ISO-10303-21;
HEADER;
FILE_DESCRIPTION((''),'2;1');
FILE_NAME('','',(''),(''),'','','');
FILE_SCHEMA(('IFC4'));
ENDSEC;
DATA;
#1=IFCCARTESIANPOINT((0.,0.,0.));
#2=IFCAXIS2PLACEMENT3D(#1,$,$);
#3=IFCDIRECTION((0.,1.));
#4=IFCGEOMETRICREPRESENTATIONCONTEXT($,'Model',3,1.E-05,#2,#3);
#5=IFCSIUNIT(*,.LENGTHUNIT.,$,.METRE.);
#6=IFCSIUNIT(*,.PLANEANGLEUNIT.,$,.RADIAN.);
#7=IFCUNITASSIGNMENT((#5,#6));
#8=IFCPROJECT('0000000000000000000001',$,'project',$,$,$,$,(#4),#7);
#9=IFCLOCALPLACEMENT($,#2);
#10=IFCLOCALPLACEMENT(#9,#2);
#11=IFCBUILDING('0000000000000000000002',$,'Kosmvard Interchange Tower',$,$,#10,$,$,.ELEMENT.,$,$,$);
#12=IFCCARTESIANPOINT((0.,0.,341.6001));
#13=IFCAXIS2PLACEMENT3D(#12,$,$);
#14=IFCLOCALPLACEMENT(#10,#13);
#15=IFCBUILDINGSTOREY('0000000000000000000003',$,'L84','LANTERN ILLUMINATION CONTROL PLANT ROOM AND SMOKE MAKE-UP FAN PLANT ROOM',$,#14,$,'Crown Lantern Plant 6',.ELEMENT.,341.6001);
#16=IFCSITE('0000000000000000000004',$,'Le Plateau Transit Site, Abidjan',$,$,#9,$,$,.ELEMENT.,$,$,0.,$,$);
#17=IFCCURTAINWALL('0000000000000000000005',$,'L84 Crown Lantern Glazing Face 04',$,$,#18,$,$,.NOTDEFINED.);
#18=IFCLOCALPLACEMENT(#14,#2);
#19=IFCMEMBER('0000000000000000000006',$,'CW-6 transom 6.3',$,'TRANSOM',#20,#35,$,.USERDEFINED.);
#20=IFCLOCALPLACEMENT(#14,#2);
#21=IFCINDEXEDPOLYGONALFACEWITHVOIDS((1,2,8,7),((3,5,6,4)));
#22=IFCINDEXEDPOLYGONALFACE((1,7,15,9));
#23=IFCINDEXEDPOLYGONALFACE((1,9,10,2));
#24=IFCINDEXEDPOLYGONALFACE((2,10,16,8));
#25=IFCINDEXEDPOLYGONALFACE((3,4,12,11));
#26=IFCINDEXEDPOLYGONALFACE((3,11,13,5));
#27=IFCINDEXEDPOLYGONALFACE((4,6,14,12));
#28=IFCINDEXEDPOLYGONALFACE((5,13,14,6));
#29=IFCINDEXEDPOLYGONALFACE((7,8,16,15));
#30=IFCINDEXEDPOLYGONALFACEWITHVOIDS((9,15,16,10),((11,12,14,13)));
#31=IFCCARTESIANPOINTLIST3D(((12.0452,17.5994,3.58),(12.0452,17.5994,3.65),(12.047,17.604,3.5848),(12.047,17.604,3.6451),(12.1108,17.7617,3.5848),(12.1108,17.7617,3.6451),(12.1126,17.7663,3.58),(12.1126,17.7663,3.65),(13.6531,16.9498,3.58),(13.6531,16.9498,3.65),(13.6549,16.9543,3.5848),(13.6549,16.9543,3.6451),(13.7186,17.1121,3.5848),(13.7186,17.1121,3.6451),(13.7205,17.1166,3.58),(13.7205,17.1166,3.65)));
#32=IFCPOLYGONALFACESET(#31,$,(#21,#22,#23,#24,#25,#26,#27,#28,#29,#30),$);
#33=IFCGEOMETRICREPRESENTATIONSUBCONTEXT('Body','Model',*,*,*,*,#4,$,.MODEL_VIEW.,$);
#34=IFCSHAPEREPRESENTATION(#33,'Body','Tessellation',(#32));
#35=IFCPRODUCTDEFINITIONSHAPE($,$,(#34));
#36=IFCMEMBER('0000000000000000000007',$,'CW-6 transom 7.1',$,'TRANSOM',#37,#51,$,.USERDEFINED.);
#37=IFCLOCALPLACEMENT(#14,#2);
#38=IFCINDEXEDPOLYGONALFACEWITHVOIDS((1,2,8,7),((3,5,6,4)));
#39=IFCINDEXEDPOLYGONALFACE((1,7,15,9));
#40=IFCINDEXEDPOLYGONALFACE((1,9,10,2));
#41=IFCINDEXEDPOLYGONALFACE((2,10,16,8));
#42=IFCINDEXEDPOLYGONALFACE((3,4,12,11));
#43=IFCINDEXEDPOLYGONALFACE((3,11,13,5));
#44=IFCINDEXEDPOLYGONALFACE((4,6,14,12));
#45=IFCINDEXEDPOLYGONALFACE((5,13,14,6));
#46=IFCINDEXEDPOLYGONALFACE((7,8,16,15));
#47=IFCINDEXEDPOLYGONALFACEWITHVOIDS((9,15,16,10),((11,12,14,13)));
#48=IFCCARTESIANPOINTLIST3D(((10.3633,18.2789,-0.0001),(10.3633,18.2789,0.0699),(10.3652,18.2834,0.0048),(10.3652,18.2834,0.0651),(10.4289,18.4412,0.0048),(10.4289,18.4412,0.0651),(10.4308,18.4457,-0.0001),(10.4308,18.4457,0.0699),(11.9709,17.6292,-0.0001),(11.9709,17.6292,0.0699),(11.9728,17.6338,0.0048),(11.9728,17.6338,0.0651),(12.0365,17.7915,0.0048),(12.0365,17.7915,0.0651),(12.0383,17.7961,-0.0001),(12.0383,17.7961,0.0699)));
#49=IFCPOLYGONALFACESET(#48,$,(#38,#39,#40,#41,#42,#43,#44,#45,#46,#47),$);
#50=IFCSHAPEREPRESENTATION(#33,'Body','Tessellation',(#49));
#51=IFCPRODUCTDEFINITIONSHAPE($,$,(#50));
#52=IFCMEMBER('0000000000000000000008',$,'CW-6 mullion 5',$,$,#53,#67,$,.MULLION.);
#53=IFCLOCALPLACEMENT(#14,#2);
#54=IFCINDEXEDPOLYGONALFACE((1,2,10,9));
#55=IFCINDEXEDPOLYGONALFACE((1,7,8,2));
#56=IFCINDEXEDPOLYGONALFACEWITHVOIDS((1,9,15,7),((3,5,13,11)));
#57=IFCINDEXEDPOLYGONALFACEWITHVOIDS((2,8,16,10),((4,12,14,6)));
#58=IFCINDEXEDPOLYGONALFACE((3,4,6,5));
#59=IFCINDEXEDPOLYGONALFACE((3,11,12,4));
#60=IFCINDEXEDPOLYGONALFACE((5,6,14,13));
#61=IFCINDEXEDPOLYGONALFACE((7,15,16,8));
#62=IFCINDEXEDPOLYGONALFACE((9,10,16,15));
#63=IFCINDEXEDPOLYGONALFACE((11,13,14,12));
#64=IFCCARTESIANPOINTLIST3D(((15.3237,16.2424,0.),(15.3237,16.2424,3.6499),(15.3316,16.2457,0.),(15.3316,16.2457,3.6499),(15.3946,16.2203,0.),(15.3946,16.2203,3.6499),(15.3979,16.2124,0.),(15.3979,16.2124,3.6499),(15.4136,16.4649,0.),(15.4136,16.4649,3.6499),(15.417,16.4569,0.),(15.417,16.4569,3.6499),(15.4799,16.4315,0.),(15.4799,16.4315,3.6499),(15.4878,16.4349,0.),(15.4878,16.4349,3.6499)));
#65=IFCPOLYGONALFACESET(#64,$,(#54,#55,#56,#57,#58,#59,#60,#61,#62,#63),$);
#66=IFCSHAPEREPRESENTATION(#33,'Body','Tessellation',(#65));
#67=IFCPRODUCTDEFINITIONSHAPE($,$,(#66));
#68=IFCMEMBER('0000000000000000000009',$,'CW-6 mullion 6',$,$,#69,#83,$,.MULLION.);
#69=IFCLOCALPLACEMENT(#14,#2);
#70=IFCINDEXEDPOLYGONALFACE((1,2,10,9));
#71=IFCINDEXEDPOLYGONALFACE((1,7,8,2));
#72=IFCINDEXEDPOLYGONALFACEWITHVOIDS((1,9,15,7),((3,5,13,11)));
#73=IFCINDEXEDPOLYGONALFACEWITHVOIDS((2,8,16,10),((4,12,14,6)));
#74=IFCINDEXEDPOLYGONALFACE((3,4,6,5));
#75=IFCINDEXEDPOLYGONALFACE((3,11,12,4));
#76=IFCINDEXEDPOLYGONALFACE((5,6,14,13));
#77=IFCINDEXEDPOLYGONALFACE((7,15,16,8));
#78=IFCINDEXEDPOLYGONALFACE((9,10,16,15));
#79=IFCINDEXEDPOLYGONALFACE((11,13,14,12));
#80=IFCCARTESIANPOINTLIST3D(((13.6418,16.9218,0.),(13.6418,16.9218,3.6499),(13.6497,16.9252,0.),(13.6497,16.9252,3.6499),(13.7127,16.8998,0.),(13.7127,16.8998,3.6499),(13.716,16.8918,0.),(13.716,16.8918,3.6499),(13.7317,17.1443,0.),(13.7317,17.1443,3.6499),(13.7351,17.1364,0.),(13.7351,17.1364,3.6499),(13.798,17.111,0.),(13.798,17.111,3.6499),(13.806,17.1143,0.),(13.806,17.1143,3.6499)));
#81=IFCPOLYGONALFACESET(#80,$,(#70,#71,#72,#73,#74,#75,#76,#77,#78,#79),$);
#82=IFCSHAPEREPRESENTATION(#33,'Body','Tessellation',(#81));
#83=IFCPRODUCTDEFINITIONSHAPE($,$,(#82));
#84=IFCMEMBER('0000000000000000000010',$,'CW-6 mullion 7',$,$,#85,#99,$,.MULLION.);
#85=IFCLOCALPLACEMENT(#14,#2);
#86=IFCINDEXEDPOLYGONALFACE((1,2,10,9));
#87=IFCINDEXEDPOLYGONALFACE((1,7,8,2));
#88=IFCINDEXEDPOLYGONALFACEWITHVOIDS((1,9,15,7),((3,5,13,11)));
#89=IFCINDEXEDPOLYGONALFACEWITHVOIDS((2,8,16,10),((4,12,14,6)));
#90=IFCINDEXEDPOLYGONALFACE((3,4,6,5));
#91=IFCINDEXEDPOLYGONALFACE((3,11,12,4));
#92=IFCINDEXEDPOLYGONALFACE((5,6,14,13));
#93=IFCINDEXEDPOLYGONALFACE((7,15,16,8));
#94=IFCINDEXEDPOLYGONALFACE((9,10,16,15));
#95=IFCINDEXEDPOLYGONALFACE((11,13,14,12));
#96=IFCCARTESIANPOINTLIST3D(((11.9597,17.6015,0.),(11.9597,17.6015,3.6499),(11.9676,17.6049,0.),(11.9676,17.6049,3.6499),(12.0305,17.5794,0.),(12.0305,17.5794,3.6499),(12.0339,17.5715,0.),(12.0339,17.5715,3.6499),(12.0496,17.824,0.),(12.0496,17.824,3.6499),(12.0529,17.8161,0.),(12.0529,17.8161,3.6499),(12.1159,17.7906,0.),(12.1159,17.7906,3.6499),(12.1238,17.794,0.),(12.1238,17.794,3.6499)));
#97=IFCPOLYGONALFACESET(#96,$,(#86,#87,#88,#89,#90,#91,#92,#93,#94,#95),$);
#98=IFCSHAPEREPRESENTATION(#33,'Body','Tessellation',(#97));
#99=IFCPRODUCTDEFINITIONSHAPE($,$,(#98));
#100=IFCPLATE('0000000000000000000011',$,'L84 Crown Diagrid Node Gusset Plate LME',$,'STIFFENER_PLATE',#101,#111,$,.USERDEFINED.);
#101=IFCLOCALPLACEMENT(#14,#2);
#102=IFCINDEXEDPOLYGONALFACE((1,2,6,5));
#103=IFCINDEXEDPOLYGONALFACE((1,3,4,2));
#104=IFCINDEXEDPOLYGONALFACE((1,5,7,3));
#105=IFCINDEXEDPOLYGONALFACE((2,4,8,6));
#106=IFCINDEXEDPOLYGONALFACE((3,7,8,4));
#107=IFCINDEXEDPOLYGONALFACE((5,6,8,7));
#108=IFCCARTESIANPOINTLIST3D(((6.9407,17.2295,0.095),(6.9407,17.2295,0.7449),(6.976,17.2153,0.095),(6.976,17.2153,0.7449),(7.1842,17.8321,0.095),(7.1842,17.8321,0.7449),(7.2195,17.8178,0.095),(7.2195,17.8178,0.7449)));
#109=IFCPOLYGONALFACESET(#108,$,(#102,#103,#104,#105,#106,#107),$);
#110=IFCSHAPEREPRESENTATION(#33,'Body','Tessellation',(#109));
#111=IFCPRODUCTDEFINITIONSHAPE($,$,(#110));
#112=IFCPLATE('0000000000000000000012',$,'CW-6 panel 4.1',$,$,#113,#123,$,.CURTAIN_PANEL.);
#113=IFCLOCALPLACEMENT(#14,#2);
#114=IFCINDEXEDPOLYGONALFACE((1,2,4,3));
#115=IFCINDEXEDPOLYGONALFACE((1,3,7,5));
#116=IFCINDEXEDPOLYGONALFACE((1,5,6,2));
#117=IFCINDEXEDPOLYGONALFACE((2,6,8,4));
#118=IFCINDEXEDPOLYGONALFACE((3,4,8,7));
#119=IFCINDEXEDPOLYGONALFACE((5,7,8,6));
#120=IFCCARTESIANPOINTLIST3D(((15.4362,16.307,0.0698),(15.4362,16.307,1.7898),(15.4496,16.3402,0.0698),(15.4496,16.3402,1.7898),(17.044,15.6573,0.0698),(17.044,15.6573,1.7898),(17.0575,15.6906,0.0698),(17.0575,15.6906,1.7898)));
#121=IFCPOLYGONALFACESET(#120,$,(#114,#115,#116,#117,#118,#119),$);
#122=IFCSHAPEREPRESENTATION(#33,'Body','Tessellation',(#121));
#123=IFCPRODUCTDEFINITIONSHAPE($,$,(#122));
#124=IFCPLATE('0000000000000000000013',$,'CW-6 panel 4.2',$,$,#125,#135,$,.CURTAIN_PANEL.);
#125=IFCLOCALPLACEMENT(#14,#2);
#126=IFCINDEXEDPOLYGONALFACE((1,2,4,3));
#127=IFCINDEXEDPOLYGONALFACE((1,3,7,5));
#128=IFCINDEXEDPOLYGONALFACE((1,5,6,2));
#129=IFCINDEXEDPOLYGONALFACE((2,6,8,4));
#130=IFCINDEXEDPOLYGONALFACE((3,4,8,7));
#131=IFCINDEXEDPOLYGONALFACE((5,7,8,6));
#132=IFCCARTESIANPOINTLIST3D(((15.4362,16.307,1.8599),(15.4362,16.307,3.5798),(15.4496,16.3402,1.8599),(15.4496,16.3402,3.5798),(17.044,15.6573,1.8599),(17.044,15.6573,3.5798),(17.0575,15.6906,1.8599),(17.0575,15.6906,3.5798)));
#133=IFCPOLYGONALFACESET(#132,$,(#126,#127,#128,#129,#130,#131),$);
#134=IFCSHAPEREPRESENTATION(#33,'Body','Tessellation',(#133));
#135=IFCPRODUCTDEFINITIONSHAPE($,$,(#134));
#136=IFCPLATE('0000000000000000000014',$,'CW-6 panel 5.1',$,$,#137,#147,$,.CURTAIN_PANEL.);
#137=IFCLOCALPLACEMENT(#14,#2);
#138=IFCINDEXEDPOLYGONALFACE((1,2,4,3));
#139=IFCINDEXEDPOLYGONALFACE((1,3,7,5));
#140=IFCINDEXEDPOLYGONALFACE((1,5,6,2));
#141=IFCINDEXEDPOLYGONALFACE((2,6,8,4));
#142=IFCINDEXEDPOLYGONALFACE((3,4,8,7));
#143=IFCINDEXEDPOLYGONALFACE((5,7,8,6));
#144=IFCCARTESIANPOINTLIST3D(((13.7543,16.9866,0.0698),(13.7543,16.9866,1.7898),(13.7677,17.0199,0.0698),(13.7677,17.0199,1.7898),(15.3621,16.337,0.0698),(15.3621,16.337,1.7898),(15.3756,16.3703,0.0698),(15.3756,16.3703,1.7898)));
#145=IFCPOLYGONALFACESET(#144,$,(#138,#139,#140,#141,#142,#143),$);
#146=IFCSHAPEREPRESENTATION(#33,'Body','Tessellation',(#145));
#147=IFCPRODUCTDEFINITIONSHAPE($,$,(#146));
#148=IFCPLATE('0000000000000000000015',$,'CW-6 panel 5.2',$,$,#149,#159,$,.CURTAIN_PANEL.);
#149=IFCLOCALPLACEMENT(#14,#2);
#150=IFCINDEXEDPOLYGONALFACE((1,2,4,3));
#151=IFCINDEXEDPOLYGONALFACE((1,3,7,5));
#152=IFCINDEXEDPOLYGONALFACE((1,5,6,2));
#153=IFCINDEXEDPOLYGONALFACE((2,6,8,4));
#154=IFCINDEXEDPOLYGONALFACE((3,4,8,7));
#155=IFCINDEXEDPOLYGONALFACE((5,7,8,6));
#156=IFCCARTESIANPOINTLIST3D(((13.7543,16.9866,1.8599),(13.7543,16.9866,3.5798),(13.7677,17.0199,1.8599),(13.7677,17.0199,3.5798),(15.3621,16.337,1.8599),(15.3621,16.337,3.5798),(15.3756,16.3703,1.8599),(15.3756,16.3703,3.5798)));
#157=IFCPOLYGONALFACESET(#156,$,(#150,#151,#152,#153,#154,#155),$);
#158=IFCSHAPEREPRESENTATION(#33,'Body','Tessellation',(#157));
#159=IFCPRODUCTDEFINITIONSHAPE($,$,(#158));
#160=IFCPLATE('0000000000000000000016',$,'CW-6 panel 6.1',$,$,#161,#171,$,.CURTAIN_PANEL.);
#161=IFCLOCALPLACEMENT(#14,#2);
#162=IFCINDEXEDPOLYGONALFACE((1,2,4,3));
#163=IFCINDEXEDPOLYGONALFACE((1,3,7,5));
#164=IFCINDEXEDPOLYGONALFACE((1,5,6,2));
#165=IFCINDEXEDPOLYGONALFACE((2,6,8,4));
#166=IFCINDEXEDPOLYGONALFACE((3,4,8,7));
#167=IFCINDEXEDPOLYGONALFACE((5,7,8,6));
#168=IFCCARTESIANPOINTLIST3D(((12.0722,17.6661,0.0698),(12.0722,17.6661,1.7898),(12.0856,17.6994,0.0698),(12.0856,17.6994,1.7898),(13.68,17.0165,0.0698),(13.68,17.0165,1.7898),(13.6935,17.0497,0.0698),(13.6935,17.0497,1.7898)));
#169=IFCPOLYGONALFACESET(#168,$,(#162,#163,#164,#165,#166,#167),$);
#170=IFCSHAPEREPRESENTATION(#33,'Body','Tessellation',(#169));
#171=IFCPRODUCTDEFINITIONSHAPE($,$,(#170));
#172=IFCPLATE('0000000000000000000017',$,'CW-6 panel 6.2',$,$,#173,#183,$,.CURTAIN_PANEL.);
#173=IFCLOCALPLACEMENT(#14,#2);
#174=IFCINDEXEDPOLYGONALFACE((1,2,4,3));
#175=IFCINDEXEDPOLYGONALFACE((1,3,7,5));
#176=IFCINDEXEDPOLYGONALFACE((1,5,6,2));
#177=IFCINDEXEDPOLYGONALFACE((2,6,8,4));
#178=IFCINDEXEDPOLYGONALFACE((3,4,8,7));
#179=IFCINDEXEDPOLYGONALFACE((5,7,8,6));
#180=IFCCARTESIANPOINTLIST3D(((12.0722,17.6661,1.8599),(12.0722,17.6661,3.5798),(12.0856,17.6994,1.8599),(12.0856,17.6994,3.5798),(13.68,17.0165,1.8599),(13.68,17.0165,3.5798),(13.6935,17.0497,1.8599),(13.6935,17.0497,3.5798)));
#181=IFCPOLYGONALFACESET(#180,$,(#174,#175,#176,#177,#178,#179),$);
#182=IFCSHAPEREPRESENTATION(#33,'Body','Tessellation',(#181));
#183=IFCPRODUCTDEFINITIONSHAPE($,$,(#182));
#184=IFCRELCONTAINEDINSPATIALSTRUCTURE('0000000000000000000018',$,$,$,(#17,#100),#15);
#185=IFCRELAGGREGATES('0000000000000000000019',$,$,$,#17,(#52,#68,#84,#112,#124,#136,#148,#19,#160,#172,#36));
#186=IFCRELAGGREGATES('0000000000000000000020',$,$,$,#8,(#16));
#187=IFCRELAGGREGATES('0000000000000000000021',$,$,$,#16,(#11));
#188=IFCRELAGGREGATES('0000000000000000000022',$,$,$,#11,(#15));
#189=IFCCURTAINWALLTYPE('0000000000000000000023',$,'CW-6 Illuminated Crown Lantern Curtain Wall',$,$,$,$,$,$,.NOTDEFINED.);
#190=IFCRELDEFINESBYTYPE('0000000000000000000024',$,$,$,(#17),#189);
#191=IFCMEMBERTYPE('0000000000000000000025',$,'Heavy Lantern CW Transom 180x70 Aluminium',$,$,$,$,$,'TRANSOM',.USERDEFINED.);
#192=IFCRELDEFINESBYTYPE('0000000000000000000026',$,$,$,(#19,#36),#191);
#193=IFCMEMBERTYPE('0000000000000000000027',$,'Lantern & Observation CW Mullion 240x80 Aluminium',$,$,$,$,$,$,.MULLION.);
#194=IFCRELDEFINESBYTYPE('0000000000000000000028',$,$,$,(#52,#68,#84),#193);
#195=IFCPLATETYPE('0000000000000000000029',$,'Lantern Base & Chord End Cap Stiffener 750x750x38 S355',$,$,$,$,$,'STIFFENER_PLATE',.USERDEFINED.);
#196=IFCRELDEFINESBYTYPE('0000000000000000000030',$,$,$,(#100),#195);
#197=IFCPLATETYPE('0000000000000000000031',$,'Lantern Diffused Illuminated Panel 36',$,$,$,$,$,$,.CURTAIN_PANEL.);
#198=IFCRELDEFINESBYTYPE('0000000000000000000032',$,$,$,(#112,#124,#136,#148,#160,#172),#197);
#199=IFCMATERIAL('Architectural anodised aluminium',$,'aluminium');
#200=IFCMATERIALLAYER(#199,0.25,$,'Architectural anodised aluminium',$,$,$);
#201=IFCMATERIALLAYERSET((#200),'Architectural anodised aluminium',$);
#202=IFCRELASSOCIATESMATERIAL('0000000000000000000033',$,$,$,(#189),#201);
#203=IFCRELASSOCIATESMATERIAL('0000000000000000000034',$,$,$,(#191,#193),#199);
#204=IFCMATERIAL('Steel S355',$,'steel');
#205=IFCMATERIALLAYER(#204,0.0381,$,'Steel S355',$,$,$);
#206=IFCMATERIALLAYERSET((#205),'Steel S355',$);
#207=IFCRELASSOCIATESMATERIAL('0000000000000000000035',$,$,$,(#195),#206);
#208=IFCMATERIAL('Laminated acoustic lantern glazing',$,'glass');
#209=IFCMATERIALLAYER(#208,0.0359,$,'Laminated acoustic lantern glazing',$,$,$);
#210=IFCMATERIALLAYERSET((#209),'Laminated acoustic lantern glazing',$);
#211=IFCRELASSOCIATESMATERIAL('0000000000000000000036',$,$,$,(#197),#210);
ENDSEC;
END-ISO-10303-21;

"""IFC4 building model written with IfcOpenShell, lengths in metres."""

from ifc_helpers import new_model, si_unit, direction, frame, origin, origin_2d, place, context, subcontext, project, spatial, rectangle, hollow_rectangle, extrude, source, transform, mapped, material, layer, layer_set, material_profile, profile_set, type_object, element, aggregate, save


model = new_model("IFC4")

# Units and contexts
model_context = context("Model", 3, precision=1e-05, world=origin(), true_north=direction((0.0, 1.0)))
body_context = subcontext(model_context, "Body", "Model", "MODEL_VIEW")
ifc_project = project(units=[si_unit("LENGTHUNIT", "METRE"), si_unit("PLANEANGLEUNIT", "RADIAN")], contexts=[model_context])

# Site, building, storey
site_placement = place(None, origin())
site = spatial("IfcSite", under=ifc_project, at=site_placement, Name="Le Plateau Transit Site, Abidjan", CompositionType="ELEMENT", RefElevation=0.0)
building_placement = place(site_placement, origin())
building = spatial("IfcBuilding", under=site, at=building_placement, Name="Kosmvard Interchange Tower", CompositionType="ELEMENT")
storey_placement = place(building_placement, frame((0.0, 0.0, 341.6001)))
storey = spatial("IfcBuildingStorey", under=building, at=storey_placement, Name="L84", Description="LANTERN ILLUMINATION CONTROL PLANT ROOM AND SMOKE MAKE-UP FAN PLANT ROOM", LongName="Crown Lantern Plant 6", CompositionType="ELEMENT", Elevation=341.6001)

# Shared definitions
ifc_material_1 = material(Name="Steel S355", Category="steel")

# Curtain wall, members
ifc_material_2 = material(Name="Architectural anodised aluminium", Category="aluminium")
ifc_layer_1 = layer(ifc_material_2, 0.25, Name="Architectural anodised aluminium")
ifc_layer_set_1 = layer_set([ifc_layer_1], Name="Architectural anodised aluminium")
curtain_wall_type = type_object("IfcCurtainWallType", Name="CW-6 Illuminated Crown Lantern Curtain Wall", PredefinedType="NOTDEFINED", material=ifc_layer_set_1)
curtain_wall_placement = place(storey_placement, origin())
curtain_wall = element("IfcCurtainWall", 1, at=curtain_wall_placement, inside=storey, type_object=curtain_wall_type, Name="L84 Crown Lantern Glazing Face 04", PredefinedType="NOTDEFINED")
ifc_material_profile_1 = material_profile(ifc_material_2, hollow_rectangle(XDim=0.1799, YDim=0.0701, WallThickness=0.0049, at=origin_2d()), Name="CWT 180x70x5")
ifc_profile_set_1 = profile_set([ifc_material_profile_1], Name="Architectural anodised aluminium")
member_type_1 = type_object("IfcMemberType", Name="Heavy Lantern CW Transom 180x70 Aluminium", ElementType="TRANSOM", PredefinedType="USERDEFINED", material=ifc_profile_set_1)
shared_shape_1 = source(origin(), body_context, "Body", "SweptSolid", [
    extrude(hollow_rectangle(XDim=0.1799, YDim=0.0701, WallThickness=0.0049, at=origin_2d()), origin(), (0.0, 0.0, 1.0), 1.7341),
])
member_1_placement = place(storey_placement, frame((13.6868, 17.0332, 3.615), z_axis=(-0.92718, 0.374617, 0.0), x_axis=(-0.374617, -0.92718, 0.0)))
member_1 = element("IfcMember", 2, at=member_1_placement, type_object=member_type_1, Name="CW-6 transom 6.3", ObjectType="TRANSOM", PredefinedType="USERDEFINED", context=body_context, shape_type="MappedRepresentation", body=[
    mapped(shared_shape_1, transform((0.0, 0.0, 0.0), scale=1.0)),
])
shared_shape_2 = source(origin(), body_context, "Body", "SweptSolid", [
    extrude(hollow_rectangle(XDim=0.1799, YDim=0.0701, WallThickness=0.0049, at=origin_2d()), origin(), (0.0, 0.0, 1.0), 1.7339),
])
member_2_placement = place(storey_placement, frame((12.0046, 17.7126, 0.0349), z_axis=(-0.92716, 0.374666, 0.0), x_axis=(-0.374666, -0.92716, 0.0)))
member_2 = element("IfcMember", 3, at=member_2_placement, type_object=member_type_1, Name="CW-6 transom 7.1", ObjectType="TRANSOM", PredefinedType="USERDEFINED", context=body_context, shape_type="MappedRepresentation", body=[
    mapped(shared_shape_2, transform((0.0, 0.0, 0.0), scale=1.0)),
])
ifc_material_profile_2 = material_profile(ifc_material_2, hollow_rectangle(XDim=0.24, YDim=0.0801, WallThickness=0.0061, at=origin_2d()), Name="CWM 240x80x6")
ifc_profile_set_2 = profile_set([ifc_material_profile_2], Name="Architectural anodised aluminium")
member_type_2 = type_object("IfcMemberType", Name="Lantern & Observation CW Mullion 240x80 Aluminium", PredefinedType="MULLION", material=ifc_profile_set_2)
shared_shape_3 = source(origin(), body_context, "Body", "SweptSolid", [
    extrude(hollow_rectangle(XDim=0.24, YDim=0.0801, WallThickness=0.0061, at=origin_2d()), origin(), (0.0, 0.0, 1.0), 3.6499),
])
member_3_placement = place(storey_placement, frame((15.4058, 16.3386, 0.0), z_axis=(0.0, 0.0, 1.0), x_axis=(-0.374607, -0.927184, 0.0)))
member_3 = element("IfcMember", 4, at=member_3_placement, type_object=member_type_2, Name="CW-6 mullion 5", PredefinedType="MULLION", context=body_context, shape_type="MappedRepresentation", body=[
    mapped(shared_shape_3, transform((0.0, 0.0, 0.0), scale=1.0)),
])
member_4_placement = place(storey_placement, frame((13.7239, 17.0181, 0.0), z_axis=(0.0, 0.0, 1.0), x_axis=(-0.374607, -0.927184, 0.0)))
member_4 = element("IfcMember", 5, at=member_4_placement, type_object=member_type_2, Name="CW-6 mullion 6", PredefinedType="MULLION", context=body_context, shape_type="MappedRepresentation", body=[
    mapped(shared_shape_3, transform((0.0, 0.0, 0.0), scale=1.0)),
])
member_5_placement = place(storey_placement, frame((12.0417, 17.6978, 0.0), z_axis=(0.0, 0.0, 1.0), x_axis=(-0.374607, -0.927184, 0.0)))
member_5 = element("IfcMember", 6, at=member_5_placement, type_object=member_type_2, Name="CW-6 mullion 7", PredefinedType="MULLION", context=body_context, shape_type="MappedRepresentation", body=[
    mapped(shared_shape_3, transform((0.0, 0.0, 0.0), scale=1.0)),
])

# Plates
ifc_layer_2 = layer(ifc_material_1, 0.0381, Name="Steel S355")
ifc_layer_set_2 = layer_set([ifc_layer_2], Name="Steel S355")
plate_type_1 = type_object("IfcPlateType", Name="Lantern Base & Chord End Cap Stiffener 750x750x38 S355", ElementType="STIFFENER_PLATE", PredefinedType="USERDEFINED", material=ifc_layer_set_2)
shared_shape_4 = source(origin(), body_context, "Body", "SweptSolid", [
    extrude(rectangle(XDim=0.6499, YDim=0.0381, at=origin_2d()), origin(), (0.0, 0.0, 1.0), 0.6499),
])
plate_1_placement = place(storey_placement, frame((7.0801, 17.5237, 0.095), z_axis=(0.0, 0.0, 1.0), x_axis=(0.374607, 0.927184, 0.0)))
element("IfcPlate", 7, at=plate_1_placement, inside=storey, type_object=plate_type_1, Name="L84 Crown Diagrid Node Gusset Plate LME", ObjectType="STIFFENER_PLATE", PredefinedType="USERDEFINED", context=body_context, shape_type="MappedRepresentation", body=[
    mapped(shared_shape_4, transform((0.0, 0.0, 0.0), scale=1.0)),
])
ifc_material_3 = material(Name="Laminated acoustic lantern glazing", Category="glass")
ifc_layer_3 = layer(ifc_material_3, 0.0359, Name="Laminated acoustic lantern glazing")
ifc_layer_set_3 = layer_set([ifc_layer_3], Name="Laminated acoustic lantern glazing")
plate_type_2 = type_object("IfcPlateType", Name="Lantern Diffused Illuminated Panel 36", PredefinedType="CURTAIN_PANEL", material=ifc_layer_set_3)
shared_shape_5 = source(origin(), body_context, "Body", "SweptSolid", [
    extrude(rectangle(XDim=1.7341, YDim=0.0359, at=origin_2d()), origin(), (0.0, 0.0, 1.0), 1.72),
])
plate_2_placement = place(storey_placement, frame((16.2468, 15.9988, 0.0698), z_axis=(0.0, 0.0, 1.0), x_axis=(-0.927184, 0.374607, 0.0)))
plate_2 = element("IfcPlate", 8, at=plate_2_placement, type_object=plate_type_2, Name="CW-6 panel 4.1", PredefinedType="CURTAIN_PANEL", context=body_context, shape_type="MappedRepresentation", body=[
    mapped(shared_shape_5, transform((0.0, 0.0, 0.0), scale=1.0)),
])
plate_3_placement = place(storey_placement, frame((16.2468, 15.9988, 1.8599), z_axis=(0.0, 0.0, 1.0), x_axis=(-0.927184, 0.374607, 0.0)))
plate_3 = element("IfcPlate", 9, at=plate_3_placement, type_object=plate_type_2, Name="CW-6 panel 4.2", PredefinedType="CURTAIN_PANEL", context=body_context, shape_type="MappedRepresentation", body=[
    mapped(shared_shape_5, transform((0.0, 0.0, 0.0), scale=1.0)),
])
plate_4_placement = place(storey_placement, frame((14.5649, 16.6785, 0.0698), z_axis=(0.0, 0.0, 1.0), x_axis=(-0.927184, 0.374607, 0.0)))
plate_4 = element("IfcPlate", 10, at=plate_4_placement, type_object=plate_type_2, Name="CW-6 panel 5.1", PredefinedType="CURTAIN_PANEL", context=body_context, shape_type="MappedRepresentation", body=[
    mapped(shared_shape_5, transform((0.0, 0.0, 0.0), scale=1.0)),
])
plate_5_placement = place(storey_placement, frame((14.5649, 16.6785, 1.8599), z_axis=(0.0, 0.0, 1.0), x_axis=(-0.927184, 0.374607, 0.0)))
plate_5 = element("IfcPlate", 11, at=plate_5_placement, type_object=plate_type_2, Name="CW-6 panel 5.2", PredefinedType="CURTAIN_PANEL", context=body_context, shape_type="MappedRepresentation", body=[
    mapped(shared_shape_5, transform((0.0, 0.0, 0.0), scale=1.0)),
])
plate_6_placement = place(storey_placement, frame((12.8828, 17.3579, 0.0698), z_axis=(0.0, 0.0, 1.0), x_axis=(-0.927184, 0.374607, 0.0)))
plate_6 = element("IfcPlate", 12, at=plate_6_placement, type_object=plate_type_2, Name="CW-6 panel 6.1", PredefinedType="CURTAIN_PANEL", context=body_context, shape_type="MappedRepresentation", body=[
    mapped(shared_shape_5, transform((0.0, 0.0, 0.0), scale=1.0)),
])
plate_7_placement = place(storey_placement, frame((12.8828, 17.3579, 1.8599), z_axis=(0.0, 0.0, 1.0), x_axis=(-0.927184, 0.374607, 0.0)))
plate_7 = element("IfcPlate", 13, at=plate_7_placement, type_object=plate_type_2, Name="CW-6 panel 6.2", PredefinedType="CURTAIN_PANEL", context=body_context, shape_type="MappedRepresentation", body=[
    mapped(shared_shape_5, transform((0.0, 0.0, 0.0), scale=1.0)),
])
aggregate(curtain_wall, [member_3, member_4, member_5, plate_2, plate_3, plate_4, plate_5, member_1, plate_6, plate_7, member_2])

save(model, "model.ifc")
